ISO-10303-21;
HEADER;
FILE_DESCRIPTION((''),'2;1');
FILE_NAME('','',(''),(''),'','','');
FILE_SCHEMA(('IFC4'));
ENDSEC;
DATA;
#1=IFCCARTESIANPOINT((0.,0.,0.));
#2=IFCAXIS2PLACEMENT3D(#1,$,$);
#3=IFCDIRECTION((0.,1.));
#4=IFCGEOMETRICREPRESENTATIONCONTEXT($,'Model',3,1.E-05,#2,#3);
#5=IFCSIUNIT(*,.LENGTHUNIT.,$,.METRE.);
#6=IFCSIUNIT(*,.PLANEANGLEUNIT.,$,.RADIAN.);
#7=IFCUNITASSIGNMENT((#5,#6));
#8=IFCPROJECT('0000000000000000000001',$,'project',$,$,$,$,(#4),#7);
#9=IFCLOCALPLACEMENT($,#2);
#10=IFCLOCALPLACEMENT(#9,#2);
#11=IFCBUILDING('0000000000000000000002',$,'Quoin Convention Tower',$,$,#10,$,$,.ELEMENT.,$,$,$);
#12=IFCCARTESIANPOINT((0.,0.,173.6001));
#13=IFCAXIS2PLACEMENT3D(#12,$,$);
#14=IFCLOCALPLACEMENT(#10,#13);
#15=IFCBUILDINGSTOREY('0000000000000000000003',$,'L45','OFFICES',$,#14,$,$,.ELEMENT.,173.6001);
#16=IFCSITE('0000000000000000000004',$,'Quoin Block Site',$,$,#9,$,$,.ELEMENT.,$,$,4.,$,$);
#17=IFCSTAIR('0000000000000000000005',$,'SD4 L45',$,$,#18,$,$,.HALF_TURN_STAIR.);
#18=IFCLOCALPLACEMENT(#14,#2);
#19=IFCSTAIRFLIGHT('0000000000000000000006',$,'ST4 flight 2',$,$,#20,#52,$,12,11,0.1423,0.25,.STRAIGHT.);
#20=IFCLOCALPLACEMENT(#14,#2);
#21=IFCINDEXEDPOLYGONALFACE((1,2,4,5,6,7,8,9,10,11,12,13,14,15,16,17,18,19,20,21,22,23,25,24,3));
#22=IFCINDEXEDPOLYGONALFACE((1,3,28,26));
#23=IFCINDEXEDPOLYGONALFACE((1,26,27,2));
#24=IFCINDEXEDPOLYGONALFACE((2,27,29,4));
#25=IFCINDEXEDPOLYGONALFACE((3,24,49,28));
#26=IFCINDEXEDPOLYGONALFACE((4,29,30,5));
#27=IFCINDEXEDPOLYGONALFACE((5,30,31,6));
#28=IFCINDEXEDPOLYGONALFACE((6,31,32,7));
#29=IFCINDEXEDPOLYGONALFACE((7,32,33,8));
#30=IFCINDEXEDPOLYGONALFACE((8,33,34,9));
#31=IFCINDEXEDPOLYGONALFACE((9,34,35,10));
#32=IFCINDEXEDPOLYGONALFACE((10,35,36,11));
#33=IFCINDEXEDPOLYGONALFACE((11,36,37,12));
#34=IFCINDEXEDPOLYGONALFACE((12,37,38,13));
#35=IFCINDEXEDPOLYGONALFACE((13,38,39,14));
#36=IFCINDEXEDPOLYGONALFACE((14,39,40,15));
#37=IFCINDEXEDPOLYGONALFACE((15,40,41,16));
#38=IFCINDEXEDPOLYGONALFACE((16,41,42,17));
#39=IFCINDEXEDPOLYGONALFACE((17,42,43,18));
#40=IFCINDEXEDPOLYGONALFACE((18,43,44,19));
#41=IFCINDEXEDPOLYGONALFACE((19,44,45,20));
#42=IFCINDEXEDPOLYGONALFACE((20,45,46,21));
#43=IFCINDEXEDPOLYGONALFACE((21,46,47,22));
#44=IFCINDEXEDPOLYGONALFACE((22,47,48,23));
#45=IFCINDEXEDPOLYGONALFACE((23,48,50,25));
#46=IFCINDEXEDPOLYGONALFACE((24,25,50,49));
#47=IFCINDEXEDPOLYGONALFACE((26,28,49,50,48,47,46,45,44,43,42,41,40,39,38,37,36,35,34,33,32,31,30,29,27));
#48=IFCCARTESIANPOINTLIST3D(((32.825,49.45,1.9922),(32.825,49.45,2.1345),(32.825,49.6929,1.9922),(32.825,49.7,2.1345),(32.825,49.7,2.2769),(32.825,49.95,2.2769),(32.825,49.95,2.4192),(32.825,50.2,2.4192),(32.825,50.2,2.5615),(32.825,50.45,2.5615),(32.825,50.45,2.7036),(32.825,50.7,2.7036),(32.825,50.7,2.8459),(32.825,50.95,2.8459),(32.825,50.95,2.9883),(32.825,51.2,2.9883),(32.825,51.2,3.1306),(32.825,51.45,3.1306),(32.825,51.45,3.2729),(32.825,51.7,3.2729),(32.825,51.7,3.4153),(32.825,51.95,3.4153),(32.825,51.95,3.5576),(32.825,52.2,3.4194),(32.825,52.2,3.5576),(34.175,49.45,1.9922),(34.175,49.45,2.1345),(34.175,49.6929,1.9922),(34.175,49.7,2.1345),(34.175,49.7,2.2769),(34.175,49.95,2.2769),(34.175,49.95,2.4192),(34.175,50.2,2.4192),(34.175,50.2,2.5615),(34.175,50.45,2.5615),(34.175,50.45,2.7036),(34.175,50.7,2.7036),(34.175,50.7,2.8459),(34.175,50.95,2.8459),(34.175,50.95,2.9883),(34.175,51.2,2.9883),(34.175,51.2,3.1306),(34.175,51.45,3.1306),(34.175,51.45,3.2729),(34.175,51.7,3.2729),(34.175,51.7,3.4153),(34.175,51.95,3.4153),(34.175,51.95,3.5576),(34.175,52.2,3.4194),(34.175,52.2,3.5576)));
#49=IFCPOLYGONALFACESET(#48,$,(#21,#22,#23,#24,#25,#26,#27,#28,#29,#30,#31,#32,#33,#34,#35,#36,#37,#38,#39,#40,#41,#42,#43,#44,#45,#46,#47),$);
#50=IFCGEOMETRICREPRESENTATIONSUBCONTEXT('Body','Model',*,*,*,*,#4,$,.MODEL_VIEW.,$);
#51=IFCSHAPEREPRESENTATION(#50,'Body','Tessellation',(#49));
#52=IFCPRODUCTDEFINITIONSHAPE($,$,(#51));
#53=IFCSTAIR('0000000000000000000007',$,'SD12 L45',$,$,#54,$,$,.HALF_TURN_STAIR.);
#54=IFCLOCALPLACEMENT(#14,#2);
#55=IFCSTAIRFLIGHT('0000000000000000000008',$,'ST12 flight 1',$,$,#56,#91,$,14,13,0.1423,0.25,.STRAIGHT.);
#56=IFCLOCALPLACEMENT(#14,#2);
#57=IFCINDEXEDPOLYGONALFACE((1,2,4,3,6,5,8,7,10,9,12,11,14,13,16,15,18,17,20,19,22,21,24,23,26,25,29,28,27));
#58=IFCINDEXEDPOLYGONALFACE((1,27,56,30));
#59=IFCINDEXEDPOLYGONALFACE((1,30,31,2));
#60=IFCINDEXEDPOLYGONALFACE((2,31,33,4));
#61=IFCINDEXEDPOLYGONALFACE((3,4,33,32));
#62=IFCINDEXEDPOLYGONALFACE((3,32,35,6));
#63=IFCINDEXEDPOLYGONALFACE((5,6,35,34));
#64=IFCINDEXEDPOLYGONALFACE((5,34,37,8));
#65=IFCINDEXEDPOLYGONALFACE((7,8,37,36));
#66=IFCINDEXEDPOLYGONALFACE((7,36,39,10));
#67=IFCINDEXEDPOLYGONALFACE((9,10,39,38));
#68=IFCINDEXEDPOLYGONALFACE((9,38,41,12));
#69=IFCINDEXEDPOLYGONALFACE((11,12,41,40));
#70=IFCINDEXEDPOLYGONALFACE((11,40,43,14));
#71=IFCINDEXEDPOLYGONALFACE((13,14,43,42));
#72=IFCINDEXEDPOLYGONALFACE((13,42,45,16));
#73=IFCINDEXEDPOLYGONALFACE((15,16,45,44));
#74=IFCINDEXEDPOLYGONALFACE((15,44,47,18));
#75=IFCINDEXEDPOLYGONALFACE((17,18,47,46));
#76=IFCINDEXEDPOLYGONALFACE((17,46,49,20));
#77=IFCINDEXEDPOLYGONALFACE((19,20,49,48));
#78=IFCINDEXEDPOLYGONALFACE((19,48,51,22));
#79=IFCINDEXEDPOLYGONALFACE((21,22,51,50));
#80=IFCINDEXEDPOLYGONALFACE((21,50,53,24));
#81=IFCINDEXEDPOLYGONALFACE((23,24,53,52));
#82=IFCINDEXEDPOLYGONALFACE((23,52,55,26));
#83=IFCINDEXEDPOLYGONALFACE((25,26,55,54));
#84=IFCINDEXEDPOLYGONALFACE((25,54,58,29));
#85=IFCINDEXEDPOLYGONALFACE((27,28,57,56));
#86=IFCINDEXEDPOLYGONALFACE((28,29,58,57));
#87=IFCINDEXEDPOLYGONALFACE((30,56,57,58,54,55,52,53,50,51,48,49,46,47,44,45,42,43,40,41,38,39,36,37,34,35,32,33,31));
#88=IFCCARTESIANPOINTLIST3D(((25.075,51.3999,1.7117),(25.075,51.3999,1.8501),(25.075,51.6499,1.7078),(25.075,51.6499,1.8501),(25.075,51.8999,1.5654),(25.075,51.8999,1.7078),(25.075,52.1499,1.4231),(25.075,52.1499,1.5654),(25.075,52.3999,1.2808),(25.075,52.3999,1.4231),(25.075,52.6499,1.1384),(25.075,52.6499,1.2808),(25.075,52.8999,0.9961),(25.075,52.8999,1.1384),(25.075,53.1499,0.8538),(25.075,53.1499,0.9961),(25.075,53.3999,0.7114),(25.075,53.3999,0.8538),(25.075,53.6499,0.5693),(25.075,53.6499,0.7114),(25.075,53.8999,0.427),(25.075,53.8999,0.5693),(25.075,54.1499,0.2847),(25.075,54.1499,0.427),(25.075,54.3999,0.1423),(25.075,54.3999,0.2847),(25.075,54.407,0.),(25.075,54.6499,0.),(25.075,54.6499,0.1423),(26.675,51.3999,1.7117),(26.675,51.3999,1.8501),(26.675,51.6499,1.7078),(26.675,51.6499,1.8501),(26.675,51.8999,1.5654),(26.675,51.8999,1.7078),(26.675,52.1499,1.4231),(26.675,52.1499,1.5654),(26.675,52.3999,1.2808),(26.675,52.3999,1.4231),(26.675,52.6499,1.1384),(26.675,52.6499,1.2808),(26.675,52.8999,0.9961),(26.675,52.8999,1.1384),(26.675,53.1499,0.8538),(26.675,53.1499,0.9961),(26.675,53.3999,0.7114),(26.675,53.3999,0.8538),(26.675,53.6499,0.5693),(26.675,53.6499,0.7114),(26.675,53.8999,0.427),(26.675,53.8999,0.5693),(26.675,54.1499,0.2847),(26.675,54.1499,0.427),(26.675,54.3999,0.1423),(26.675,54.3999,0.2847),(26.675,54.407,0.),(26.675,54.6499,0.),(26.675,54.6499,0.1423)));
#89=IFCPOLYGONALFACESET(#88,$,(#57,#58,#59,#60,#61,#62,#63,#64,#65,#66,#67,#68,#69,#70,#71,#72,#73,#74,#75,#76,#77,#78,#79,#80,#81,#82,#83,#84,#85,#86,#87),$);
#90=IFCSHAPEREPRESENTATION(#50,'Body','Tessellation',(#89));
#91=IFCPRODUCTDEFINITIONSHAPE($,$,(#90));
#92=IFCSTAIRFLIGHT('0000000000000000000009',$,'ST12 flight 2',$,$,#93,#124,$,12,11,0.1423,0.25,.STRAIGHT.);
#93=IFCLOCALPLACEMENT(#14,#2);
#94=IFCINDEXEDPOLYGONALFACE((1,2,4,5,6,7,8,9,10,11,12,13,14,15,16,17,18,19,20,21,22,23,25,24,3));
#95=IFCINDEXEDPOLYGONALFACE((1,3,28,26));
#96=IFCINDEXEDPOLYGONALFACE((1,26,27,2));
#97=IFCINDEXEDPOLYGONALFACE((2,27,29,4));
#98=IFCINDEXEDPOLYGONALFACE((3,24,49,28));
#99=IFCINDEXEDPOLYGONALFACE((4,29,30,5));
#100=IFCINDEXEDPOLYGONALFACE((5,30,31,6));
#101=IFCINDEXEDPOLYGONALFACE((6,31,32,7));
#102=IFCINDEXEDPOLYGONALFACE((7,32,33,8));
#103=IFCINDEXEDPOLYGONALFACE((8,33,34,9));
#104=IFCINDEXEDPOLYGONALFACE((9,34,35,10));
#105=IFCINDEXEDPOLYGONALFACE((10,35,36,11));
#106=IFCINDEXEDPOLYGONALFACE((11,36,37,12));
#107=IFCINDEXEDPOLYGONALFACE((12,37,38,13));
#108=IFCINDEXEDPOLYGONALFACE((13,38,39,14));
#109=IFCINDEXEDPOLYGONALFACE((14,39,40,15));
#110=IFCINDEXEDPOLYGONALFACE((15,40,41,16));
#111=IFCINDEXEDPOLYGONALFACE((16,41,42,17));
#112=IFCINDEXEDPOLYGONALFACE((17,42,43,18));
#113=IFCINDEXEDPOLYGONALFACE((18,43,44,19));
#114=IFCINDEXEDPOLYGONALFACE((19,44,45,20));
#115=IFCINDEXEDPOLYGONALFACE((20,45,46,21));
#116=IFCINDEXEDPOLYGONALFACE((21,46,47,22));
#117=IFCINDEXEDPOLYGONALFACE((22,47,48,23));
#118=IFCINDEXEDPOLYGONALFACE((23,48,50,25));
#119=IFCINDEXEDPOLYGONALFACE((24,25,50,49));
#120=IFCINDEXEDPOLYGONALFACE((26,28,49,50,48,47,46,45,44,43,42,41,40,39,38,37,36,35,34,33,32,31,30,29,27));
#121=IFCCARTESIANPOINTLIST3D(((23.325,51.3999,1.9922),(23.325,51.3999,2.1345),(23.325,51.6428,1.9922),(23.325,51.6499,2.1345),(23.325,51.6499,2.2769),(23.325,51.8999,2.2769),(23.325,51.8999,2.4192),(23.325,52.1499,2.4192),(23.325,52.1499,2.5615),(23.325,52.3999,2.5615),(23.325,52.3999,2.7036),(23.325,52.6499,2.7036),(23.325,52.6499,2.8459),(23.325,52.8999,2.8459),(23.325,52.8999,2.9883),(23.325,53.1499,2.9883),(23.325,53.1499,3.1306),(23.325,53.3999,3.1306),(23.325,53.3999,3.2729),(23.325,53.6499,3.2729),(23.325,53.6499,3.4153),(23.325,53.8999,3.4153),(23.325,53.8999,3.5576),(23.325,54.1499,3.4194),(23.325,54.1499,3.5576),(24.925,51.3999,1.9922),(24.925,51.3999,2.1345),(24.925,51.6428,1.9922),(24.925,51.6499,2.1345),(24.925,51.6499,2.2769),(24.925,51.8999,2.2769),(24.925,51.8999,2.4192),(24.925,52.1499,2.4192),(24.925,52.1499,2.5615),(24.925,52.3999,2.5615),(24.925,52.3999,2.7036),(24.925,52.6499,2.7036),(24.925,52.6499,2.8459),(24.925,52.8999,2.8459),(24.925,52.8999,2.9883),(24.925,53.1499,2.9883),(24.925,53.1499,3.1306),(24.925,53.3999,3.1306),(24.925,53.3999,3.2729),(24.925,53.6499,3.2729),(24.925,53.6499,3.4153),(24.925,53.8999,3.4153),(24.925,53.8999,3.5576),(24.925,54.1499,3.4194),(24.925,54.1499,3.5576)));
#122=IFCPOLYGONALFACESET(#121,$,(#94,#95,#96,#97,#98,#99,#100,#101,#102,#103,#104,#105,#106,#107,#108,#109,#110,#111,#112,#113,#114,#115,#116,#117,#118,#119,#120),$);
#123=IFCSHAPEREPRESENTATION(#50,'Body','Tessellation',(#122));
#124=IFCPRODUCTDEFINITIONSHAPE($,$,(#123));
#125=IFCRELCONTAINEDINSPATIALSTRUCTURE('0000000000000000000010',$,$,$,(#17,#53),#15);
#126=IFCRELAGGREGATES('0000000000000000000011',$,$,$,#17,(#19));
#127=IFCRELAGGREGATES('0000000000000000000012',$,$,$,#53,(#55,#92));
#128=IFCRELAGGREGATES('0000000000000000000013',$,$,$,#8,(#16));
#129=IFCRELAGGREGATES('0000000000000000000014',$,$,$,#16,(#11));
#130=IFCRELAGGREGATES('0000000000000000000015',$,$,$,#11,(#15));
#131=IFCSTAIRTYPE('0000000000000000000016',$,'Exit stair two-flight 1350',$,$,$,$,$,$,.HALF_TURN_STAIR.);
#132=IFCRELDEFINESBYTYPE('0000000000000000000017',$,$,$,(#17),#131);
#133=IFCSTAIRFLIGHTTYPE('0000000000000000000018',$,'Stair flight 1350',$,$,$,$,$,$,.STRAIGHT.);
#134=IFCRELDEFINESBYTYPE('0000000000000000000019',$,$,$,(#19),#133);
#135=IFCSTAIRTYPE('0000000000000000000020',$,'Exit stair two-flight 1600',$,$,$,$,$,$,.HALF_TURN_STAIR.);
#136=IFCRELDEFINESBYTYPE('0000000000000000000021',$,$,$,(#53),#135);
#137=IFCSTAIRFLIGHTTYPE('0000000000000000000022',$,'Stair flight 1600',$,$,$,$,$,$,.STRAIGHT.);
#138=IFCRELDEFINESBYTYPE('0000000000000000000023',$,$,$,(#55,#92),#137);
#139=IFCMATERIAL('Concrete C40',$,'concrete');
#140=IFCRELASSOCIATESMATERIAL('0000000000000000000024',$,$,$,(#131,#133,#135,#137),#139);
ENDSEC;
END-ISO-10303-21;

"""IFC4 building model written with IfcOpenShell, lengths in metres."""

from ifc_helpers import new_model, si_unit, direction, frame, origin, place, context, subcontext, project, spatial, polyline, outline, extrude, material, type_object, element, aggregate, save


model = new_model("IFC4")

# Units and contexts
model_context = context("Model", 3, precision=1e-05, world=origin(), true_north=direction((0.0, 1.0)))
body_context = subcontext(model_context, "Body", "Model", "MODEL_VIEW")
ifc_project = project(units=[si_unit("LENGTHUNIT", "METRE"), si_unit("PLANEANGLEUNIT", "RADIAN")], contexts=[model_context])

# Site, building, storey
site_placement = place(None, origin())
site = spatial("IfcSite", under=ifc_project, at=site_placement, Name="Quoin Block Site", CompositionType="ELEMENT", RefElevation=4.0)
building_placement = place(site_placement, origin())
building = spatial("IfcBuilding", under=site, at=building_placement, Name="Quoin Convention Tower", CompositionType="ELEMENT")
storey_placement = place(building_placement, frame((0.0, 0.0, 173.6001)))
storey = spatial("IfcBuildingStorey", under=building, at=storey_placement, Name="L45", Description="OFFICES", CompositionType="ELEMENT", Elevation=173.6001)

# Shared definitions
ifc_material_1 = material(Name="Concrete C40", Category="concrete")
stair_type_1 = type_object("IfcStairType", Name="Exit stair two-flight 1350", PredefinedType="HALF_TURN_STAIR", material=ifc_material_1)
stair_flight_type_1 = type_object("IfcStairFlightType", Name="Stair flight 1350", PredefinedType="STRAIGHT", material=ifc_material_1)

# Stairs, stair flights
stair_1_placement = place(storey_placement, origin())
stair_1 = element("IfcStair", 1, at=stair_1_placement, inside=storey, type_object=stair_type_1, Name="SD4 L45", PredefinedType="HALF_TURN_STAIR")
stair_flight_1_placement = place(storey_placement, frame((33.5, 49.45, 1.9922), z_axis=(0.0, 0.0, 1.0), x_axis=(0.0, 1.0, 0.0)))
stair_flight_1 = element("IfcStairFlight", 2, at=stair_flight_1_placement, type_object=stair_flight_type_1, Name="ST4 flight 2", NumberOfRisers=12, NumberOfTreads=11, PredefinedType="STRAIGHT", RiserHeight=0.1423, TreadLength=0.25, context=body_context, shape_type="SweptSolid", body=[
    extrude(outline(polyline([(0.0, 0.0), (0.0, 0.1423), (0.25, 0.1423), (0.25, 0.2847), (0.5, 0.2847), (0.5, 0.427), (0.75, 0.427), (0.75, 0.5693), (1.0, 0.5693), (1.0, 0.7114), (1.25, 0.7114), (1.25, 0.8538), (1.5, 0.8538), (1.5, 0.9961), (1.75, 0.9961), (1.75, 1.1384), (2.0, 1.1384), (2.0, 1.2808), (2.25, 1.2808), (2.25, 1.4231), (2.5, 1.4231), (2.5, 1.5654), (2.75, 1.5654), (2.75, 1.7078), (2.75, 1.4272), (0.2429, 0.0), (0.0, 0.0)])), frame((0.0, 0.675, 0.0), z_axis=(0.0, -1.0, 0.0), x_axis=(1.0, 0.0, 0.0)), (0.0, 0.0, 1.0), 1.3501),
])
aggregate(stair_1, [stair_flight_1])
stair_type_2 = type_object("IfcStairType", Name="Exit stair two-flight 1600", PredefinedType="HALF_TURN_STAIR", material=ifc_material_1)
stair_2_placement = place(storey_placement, origin())
stair_2 = element("IfcStair", 3, at=stair_2_placement, inside=storey, type_object=stair_type_2, Name="SD12 L45", PredefinedType="HALF_TURN_STAIR")
stair_flight_type_2 = type_object("IfcStairFlightType", Name="Stair flight 1600", PredefinedType="STRAIGHT", material=ifc_material_1)
stair_flight_2_placement = place(storey_placement, frame((25.875, 54.6499, 0.0), z_axis=(0.0, 0.0, 1.0), x_axis=(0.0, -1.0, 0.0)))
stair_flight_2 = element("IfcStairFlight", 4, at=stair_flight_2_placement, type_object=stair_flight_type_2, Name="ST12 flight 1", NumberOfRisers=14, NumberOfTreads=13, PredefinedType="STRAIGHT", RiserHeight=0.1423, TreadLength=0.25, context=body_context, shape_type="SweptSolid", body=[
    extrude(outline(polyline([(0.0, 0.0), (0.0, 0.1423), (0.25, 0.1423), (0.25, 0.2847), (0.5, 0.2847), (0.5, 0.427), (0.75, 0.427), (0.75, 0.5693), (1.0, 0.5693), (1.0, 0.7114), (1.25, 0.7114), (1.25, 0.8538), (1.5, 0.8538), (1.5, 0.9961), (1.75, 0.9961), (1.75, 1.1384), (2.0, 1.1384), (2.0, 1.2808), (2.25, 1.2808), (2.25, 1.4231), (2.5, 1.4231), (2.5, 1.5654), (2.75, 1.5654), (2.75, 1.7078), (3.0, 1.7078), (3.0, 1.8501), (3.25, 1.8501), (3.25, 1.9922), (3.25, 1.7117), (0.2429, 0.0), (0.0, 0.0)])), frame((0.0, 0.8, 0.0), z_axis=(0.0, -1.0, 0.0), x_axis=(1.0, 0.0, 0.0)), (0.0, 0.0, 1.0), 1.6001),
])
stair_flight_3_placement = place(storey_placement, frame((24.125, 51.3999, 1.9922), z_axis=(0.0, 0.0, 1.0), x_axis=(0.0, 1.0, 0.0)))
stair_flight_3 = element("IfcStairFlight", 5, at=stair_flight_3_placement, type_object=stair_flight_type_2, Name="ST12 flight 2", NumberOfRisers=12, NumberOfTreads=11, PredefinedType="STRAIGHT", RiserHeight=0.1423, TreadLength=0.25, context=body_context, shape_type="SweptSolid", body=[
    extrude(outline(polyline([(0.0, 0.0), (0.0, 0.1423), (0.25, 0.1423), (0.25, 0.2847), (0.5, 0.2847), (0.5, 0.427), (0.75, 0.427), (0.75, 0.5693), (1.0, 0.5693), (1.0, 0.7114), (1.25, 0.7114), (1.25, 0.8538), (1.5, 0.8538), (1.5, 0.9961), (1.75, 0.9961), (1.75, 1.1384), (2.0, 1.1384), (2.0, 1.2808), (2.25, 1.2808), (2.25, 1.4231), (2.5, 1.4231), (2.5, 1.5654), (2.75, 1.5654), (2.75, 1.7078), (2.75, 1.4272), (0.2429, 0.0), (0.0, 0.0)])), frame((0.0, 0.8, 0.0), z_axis=(0.0, -1.0, 0.0), x_axis=(1.0, 0.0, 0.0)), (0.0, 0.0, 1.0), 1.6001),
])
aggregate(stair_2, [stair_flight_2, stair_flight_3])

save(model, "model.ifc")
